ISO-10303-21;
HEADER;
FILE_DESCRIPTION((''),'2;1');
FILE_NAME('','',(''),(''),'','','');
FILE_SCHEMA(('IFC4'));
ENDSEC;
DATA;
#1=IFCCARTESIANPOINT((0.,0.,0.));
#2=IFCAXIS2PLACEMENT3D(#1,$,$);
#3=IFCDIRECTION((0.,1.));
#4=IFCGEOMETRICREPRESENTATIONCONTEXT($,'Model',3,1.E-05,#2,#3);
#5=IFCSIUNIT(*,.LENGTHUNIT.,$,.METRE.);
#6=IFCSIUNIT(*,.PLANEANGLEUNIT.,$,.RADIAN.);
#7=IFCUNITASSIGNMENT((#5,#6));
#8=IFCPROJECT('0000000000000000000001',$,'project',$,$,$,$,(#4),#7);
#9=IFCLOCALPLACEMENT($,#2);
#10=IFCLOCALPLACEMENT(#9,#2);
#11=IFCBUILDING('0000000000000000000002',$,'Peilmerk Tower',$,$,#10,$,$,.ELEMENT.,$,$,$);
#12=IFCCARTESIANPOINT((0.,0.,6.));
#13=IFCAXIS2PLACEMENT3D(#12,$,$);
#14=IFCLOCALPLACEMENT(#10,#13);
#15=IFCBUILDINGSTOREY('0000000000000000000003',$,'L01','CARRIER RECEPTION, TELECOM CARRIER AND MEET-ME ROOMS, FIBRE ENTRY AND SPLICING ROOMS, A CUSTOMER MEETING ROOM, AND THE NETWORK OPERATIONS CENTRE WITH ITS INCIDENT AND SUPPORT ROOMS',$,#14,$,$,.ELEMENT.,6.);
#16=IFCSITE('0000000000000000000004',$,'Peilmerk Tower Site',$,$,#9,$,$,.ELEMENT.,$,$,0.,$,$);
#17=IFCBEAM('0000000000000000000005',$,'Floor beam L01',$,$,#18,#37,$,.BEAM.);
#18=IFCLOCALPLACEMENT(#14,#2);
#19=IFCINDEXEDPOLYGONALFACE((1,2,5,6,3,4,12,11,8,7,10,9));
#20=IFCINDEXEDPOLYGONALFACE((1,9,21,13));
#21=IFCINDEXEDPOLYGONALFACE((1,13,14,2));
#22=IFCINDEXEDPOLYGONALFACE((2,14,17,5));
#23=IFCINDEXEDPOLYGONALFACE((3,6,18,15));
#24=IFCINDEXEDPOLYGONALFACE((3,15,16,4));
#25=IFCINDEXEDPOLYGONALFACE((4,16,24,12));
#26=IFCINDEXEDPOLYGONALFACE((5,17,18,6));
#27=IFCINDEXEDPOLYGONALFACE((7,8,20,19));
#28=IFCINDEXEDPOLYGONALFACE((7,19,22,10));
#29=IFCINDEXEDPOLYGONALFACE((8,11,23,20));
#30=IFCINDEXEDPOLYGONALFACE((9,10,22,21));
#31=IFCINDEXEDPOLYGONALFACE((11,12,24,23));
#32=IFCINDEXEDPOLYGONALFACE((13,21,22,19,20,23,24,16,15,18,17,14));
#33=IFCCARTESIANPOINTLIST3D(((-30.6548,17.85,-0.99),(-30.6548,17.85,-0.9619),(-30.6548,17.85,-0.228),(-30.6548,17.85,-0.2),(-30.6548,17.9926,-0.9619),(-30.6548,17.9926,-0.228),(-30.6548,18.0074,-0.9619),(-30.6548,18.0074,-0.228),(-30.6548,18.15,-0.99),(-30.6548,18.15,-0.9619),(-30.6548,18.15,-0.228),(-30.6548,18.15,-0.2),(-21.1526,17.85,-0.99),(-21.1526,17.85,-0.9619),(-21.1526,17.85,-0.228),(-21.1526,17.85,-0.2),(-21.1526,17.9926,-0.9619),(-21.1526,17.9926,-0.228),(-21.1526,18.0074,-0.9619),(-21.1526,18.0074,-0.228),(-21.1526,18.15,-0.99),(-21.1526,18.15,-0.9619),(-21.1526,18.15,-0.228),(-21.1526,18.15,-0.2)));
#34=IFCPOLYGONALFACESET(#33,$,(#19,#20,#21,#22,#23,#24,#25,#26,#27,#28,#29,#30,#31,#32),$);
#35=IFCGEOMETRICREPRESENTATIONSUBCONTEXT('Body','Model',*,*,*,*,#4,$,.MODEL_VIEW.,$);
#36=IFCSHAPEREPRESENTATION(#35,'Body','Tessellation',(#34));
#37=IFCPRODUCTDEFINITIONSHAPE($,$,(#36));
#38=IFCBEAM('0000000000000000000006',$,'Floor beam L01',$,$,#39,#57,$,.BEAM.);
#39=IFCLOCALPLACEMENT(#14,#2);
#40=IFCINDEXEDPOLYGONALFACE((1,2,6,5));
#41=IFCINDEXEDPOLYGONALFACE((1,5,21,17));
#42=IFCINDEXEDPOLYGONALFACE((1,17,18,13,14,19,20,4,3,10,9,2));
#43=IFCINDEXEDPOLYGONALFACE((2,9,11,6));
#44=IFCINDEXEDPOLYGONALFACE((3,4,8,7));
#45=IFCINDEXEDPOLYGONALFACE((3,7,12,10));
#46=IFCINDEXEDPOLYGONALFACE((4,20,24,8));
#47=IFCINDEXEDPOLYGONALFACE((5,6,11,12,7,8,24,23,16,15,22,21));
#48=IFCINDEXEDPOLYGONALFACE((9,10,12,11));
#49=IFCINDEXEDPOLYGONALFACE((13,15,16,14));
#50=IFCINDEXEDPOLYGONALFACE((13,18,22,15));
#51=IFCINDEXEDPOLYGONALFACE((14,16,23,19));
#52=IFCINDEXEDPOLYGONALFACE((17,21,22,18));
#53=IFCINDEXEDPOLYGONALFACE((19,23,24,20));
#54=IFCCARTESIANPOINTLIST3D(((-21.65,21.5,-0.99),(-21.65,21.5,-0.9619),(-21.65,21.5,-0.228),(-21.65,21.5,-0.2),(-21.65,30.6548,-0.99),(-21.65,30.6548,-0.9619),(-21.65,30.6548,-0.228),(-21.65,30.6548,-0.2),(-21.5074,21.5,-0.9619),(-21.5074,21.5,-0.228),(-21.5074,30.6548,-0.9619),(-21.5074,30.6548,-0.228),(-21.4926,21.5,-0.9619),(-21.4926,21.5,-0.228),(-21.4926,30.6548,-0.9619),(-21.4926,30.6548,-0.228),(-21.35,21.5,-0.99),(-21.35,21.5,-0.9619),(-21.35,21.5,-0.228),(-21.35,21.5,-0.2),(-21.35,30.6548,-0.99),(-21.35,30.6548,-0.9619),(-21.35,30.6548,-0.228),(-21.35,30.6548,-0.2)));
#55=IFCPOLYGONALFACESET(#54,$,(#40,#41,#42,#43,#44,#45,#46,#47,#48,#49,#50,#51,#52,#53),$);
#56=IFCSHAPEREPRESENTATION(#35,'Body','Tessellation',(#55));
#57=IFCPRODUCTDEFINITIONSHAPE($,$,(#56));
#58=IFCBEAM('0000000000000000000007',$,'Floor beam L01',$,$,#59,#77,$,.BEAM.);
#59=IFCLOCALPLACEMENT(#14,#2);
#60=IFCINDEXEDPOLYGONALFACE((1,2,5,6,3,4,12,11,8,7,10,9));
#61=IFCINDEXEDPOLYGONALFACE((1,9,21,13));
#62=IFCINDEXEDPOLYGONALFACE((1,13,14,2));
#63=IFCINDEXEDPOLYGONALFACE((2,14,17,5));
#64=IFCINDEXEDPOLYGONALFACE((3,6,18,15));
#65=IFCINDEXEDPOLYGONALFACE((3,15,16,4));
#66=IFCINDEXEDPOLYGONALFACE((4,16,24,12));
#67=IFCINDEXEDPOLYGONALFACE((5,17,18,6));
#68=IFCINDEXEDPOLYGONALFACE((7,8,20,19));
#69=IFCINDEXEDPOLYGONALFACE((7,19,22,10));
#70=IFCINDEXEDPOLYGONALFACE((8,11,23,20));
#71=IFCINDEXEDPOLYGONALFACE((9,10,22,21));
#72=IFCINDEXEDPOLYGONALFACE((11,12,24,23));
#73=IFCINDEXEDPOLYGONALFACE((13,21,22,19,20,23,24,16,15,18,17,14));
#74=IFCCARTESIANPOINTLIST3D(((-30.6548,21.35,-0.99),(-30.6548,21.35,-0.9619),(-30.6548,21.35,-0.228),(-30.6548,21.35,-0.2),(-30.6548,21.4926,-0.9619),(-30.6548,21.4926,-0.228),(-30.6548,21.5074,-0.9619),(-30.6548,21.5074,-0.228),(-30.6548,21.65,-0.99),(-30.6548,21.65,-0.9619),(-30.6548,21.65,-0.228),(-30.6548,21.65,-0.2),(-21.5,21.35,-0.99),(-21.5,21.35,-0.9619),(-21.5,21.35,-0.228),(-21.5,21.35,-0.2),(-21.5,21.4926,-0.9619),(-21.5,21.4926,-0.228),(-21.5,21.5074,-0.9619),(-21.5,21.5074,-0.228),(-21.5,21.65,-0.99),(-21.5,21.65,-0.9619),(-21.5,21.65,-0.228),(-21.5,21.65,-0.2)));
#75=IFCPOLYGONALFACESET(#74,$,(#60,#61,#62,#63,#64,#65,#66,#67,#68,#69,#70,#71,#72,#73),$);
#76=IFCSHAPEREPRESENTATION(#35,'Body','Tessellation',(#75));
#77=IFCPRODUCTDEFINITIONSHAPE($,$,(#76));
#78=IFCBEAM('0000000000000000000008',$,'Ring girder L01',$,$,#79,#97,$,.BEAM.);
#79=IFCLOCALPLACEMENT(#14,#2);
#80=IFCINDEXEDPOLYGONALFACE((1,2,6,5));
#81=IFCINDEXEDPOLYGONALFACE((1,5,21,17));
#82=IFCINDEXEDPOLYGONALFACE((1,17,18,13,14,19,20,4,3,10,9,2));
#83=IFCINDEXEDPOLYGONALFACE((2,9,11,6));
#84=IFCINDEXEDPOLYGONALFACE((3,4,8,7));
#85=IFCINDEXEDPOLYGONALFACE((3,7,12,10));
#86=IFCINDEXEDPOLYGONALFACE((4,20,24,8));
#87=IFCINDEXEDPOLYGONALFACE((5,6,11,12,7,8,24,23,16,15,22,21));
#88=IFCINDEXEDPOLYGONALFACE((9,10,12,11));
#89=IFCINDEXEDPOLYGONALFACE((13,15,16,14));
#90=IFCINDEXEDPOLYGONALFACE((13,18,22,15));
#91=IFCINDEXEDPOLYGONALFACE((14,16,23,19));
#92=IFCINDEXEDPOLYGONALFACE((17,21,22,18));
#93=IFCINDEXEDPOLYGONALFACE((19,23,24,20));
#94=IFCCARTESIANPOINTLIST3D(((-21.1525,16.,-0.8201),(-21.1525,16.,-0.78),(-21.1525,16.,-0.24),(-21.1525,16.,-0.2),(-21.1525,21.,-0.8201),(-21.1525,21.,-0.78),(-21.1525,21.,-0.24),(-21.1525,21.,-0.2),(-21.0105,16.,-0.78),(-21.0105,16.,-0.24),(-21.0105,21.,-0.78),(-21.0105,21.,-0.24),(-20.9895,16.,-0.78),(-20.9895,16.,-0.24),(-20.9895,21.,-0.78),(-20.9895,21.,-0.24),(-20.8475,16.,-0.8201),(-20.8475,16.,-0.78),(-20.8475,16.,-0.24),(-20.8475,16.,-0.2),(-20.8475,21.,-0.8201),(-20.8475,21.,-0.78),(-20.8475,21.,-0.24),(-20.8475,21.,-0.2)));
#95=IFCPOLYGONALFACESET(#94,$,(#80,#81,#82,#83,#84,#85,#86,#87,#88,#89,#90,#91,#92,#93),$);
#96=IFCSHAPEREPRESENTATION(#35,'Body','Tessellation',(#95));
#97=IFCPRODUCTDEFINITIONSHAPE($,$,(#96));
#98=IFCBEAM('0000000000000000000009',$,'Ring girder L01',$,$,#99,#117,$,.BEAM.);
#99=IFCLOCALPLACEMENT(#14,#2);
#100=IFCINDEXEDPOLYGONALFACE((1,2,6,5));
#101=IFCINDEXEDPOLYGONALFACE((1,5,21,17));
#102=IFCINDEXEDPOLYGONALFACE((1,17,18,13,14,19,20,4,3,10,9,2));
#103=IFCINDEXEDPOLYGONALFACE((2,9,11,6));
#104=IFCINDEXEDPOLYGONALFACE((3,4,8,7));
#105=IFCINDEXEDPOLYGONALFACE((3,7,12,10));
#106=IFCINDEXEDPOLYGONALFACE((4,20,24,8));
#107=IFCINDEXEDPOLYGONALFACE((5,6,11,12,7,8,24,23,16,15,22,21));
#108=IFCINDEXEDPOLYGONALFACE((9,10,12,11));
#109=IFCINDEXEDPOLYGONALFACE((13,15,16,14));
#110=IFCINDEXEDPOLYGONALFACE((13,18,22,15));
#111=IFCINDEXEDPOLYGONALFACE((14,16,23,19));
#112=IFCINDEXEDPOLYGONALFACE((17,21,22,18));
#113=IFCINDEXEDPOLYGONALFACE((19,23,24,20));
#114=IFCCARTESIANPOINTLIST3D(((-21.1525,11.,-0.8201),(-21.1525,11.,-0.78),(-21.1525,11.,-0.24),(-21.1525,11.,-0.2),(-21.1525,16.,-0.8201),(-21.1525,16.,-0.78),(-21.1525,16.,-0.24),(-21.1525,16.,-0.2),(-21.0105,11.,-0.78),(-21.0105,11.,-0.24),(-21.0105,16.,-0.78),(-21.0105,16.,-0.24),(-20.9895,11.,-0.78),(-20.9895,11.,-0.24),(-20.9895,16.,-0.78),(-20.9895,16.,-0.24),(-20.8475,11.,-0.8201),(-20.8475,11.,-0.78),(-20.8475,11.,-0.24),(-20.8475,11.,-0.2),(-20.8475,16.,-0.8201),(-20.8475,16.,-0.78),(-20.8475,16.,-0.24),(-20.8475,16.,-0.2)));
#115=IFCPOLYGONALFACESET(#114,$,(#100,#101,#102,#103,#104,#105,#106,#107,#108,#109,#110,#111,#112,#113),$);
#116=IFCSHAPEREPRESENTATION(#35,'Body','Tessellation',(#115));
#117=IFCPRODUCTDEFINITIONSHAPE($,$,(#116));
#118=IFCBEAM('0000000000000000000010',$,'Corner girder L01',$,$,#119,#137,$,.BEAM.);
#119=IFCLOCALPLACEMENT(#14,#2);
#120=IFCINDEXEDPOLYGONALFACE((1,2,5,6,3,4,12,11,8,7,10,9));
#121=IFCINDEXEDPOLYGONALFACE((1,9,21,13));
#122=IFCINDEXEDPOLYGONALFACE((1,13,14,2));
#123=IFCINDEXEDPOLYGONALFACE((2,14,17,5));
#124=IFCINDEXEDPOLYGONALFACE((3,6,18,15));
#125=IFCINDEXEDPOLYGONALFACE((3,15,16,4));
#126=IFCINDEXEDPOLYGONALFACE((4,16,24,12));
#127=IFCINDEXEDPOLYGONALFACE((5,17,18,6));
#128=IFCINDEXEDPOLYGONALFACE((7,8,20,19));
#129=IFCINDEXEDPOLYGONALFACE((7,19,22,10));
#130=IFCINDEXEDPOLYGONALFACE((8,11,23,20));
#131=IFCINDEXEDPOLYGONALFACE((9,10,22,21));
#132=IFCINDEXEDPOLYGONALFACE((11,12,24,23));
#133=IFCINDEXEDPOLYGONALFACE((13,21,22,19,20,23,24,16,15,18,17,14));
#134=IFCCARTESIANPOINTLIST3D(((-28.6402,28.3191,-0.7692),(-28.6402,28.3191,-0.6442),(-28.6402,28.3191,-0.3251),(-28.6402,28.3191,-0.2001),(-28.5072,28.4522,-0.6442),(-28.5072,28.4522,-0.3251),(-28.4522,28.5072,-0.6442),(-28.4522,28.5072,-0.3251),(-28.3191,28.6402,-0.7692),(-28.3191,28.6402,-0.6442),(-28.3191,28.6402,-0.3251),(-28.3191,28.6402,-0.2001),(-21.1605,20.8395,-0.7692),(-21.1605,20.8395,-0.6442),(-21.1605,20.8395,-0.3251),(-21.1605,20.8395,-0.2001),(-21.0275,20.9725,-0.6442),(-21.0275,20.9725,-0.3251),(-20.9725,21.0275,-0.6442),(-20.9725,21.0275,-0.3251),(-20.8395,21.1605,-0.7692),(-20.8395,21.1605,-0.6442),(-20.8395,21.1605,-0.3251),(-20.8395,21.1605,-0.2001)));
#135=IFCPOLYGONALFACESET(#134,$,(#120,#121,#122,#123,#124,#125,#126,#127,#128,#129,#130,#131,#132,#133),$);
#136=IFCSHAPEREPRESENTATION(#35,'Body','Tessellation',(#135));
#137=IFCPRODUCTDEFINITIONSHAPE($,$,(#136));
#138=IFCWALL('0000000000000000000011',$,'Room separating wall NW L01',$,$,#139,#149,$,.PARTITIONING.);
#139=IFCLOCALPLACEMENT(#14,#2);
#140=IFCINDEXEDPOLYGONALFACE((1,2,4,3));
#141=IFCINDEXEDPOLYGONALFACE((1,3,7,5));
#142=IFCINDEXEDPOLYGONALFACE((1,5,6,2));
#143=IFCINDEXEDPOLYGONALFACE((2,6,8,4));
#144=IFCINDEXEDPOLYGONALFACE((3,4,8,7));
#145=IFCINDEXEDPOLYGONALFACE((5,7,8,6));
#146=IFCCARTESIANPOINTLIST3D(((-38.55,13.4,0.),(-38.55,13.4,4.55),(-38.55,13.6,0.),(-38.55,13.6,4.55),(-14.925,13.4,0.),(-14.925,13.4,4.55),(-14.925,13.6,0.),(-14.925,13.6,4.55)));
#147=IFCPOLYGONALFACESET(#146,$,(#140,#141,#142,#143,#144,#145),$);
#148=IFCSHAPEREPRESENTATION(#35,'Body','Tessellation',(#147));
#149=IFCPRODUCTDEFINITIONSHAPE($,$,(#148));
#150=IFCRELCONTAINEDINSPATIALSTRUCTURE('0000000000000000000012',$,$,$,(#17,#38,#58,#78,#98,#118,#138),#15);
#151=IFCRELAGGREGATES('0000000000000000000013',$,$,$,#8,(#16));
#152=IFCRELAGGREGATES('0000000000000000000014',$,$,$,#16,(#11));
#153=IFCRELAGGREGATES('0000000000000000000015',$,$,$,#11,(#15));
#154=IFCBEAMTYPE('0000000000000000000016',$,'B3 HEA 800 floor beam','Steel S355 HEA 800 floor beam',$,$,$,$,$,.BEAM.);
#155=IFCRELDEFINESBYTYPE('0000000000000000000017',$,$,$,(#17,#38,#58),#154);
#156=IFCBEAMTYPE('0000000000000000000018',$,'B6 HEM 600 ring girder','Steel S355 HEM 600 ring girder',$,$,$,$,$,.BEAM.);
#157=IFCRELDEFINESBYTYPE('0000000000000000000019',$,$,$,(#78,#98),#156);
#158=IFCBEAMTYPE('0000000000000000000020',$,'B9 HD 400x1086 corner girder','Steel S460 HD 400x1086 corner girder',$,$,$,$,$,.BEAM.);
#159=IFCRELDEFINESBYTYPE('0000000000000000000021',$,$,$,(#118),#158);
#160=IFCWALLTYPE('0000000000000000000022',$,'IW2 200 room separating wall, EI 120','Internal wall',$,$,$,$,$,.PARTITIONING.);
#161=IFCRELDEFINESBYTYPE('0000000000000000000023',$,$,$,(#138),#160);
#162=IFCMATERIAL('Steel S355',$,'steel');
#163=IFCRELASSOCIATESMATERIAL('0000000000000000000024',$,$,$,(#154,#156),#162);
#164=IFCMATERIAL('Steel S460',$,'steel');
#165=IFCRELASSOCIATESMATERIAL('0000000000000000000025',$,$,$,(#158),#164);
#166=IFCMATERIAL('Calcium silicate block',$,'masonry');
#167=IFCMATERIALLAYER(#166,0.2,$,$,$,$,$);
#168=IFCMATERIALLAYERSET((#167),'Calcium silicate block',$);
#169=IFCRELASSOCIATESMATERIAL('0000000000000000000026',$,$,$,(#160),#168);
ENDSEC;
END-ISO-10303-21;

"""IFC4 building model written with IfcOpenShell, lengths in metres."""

from ifc_helpers import new_model, si_unit, direction, frame, frame_2d, origin, origin_2d, place, context, subcontext, project, spatial, rectangle, i_section, extrude, material, layer, layer_set, material_profile, profile_set, type_object, element, save


model = new_model("IFC4")

# Units and contexts
model_context = context("Model", 3, precision=1e-05, world=origin(), true_north=direction((0.0, 1.0)))
body_context = subcontext(model_context, "Body", "Model", "MODEL_VIEW")
ifc_project = project(units=[si_unit("LENGTHUNIT", "METRE"), si_unit("PLANEANGLEUNIT", "RADIAN")], contexts=[model_context])

# Site, building, storey
site_placement = place(None, origin())
site = spatial("IfcSite", under=ifc_project, at=site_placement, Name="Peilmerk Tower Site", CompositionType="ELEMENT", RefElevation=0.0)
building_placement = place(site_placement, origin())
building = spatial("IfcBuilding", under=site, at=building_placement, Name="Peilmerk Tower", CompositionType="ELEMENT")
storey_placement = place(building_placement, frame((0.0, 0.0, 6.0)))
storey = spatial("IfcBuildingStorey", under=building, at=storey_placement, Name="L01", Description="CARRIER RECEPTION, TELECOM CARRIER AND MEET-ME ROOMS, FIBRE ENTRY AND SPLICING ROOMS, A CUSTOMER MEETING ROOM, AND THE NETWORK OPERATIONS CENTRE WITH ITS INCIDENT AND SUPPORT ROOMS", CompositionType="ELEMENT", Elevation=6.0)

# Beams
ifc_material_1 = material(Name="Steel S355", Category="steel")
ifc_material_profile_1 = material_profile(ifc_material_1, i_section(OverallWidth=0.3, OverallDepth=0.79, WebThickness=0.0149, FlangeThickness=0.0281, at=origin_2d()), Name="HEA 800")
ifc_profile_set_1 = profile_set([ifc_material_profile_1], Name="Steel S355")
beam_type_1 = type_object("IfcBeamType", Name="B3 HEA 800 floor beam", Description="Steel S355 HEA 800 floor beam", PredefinedType="BEAM", material=ifc_profile_set_1)
for number, where, z_axis, x_axis, name in (
    (1, (-21.1526, 18.0, -0.595), (-1.0, 0.0, 0.0), (0.0, -1.0, 0.0), "Floor beam L01"),
):
    element("IfcBeam", number, at=place(storey_placement, frame(where, z_axis=z_axis, x_axis=x_axis)), inside=storey, type_object=beam_type_1, Name=name, PredefinedType="BEAM", context=body_context, shape_type="SweptSolid", body=[
        extrude(i_section(OverallWidth=0.3, OverallDepth=0.79, WebThickness=0.0149, FlangeThickness=0.0281, at=origin_2d()), origin(), (0.0, 0.0, 1.0), 9.5022),
    ])
for number, where, z_axis, x_axis, name in (
    (2, (-21.5, 21.5, -0.595), (0.0, 1.0, 0.0), (-1.0, 0.0, 0.0), "Floor beam L01"),
    (3, (-21.5, 21.5, -0.595), (-1.0, 0.0, 0.0), (0.0, -1.0, 0.0), "Floor beam L01"),
):
    element("IfcBeam", number, at=place(storey_placement, frame(where, z_axis=z_axis, x_axis=x_axis)), inside=storey, type_object=beam_type_1, Name=name, PredefinedType="BEAM", context=body_context, shape_type="SweptSolid", body=[
        extrude(i_section(OverallWidth=0.3, OverallDepth=0.79, WebThickness=0.0149, FlangeThickness=0.0281, at=origin_2d()), origin(), (0.0, 0.0, 1.0), 9.1548),
    ])
ifc_material_profile_2 = material_profile(ifc_material_1, i_section(OverallWidth=0.3049, OverallDepth=0.6201, WebThickness=0.021, FlangeThickness=0.04, at=origin_2d()), Name="HEM 600")
ifc_profile_set_2 = profile_set([ifc_material_profile_2], Name="Steel S355")
beam_type_2 = type_object("IfcBeamType", Name="B6 HEM 600 ring girder", Description="Steel S355 HEM 600 ring girder", PredefinedType="BEAM", material=ifc_profile_set_2)
for number, where, z_axis, x_axis, name in (
    (4, (-21.0, 21.0, -0.51), (0.0, -1.0, 0.0), (1.0, 0.0, 0.0), "Ring girder L01"),
    (5, (-21.0, 16.0, -0.51), (0.0, -1.0, 0.0), (1.0, 0.0, 0.0), "Ring girder L01"),
):
    element("IfcBeam", number, at=place(storey_placement, frame(where, z_axis=z_axis, x_axis=x_axis)), inside=storey, type_object=beam_type_2, Name=name, PredefinedType="BEAM", context=body_context, shape_type="SweptSolid", body=[
        extrude(i_section(OverallWidth=0.3049, OverallDepth=0.6201, WebThickness=0.021, FlangeThickness=0.04, at=origin_2d()), origin(), (0.0, 0.0, 1.0), 5.0),
    ])
ifc_material_2 = material(Name="Steel S460", Category="steel")
ifc_material_profile_3 = material_profile(ifc_material_2, i_section(OverallWidth=0.4541, OverallDepth=0.5691, WebThickness=0.0779, FlangeThickness=0.125, at=origin_2d()), Name="HD 400x1086")
ifc_profile_set_3 = profile_set([ifc_material_profile_3], Name="Steel S460")
beam_type_3 = type_object("IfcBeamType", Name="B9 HD 400x1086 corner girder", Description="Steel S460 HD 400x1086 corner girder", PredefinedType="BEAM", material=ifc_profile_set_3)
beam_1_placement = place(storey_placement, frame((-21.0, 21.0, -0.4846), z_axis=(-0.707107, 0.707107, 0.0), x_axis=(-0.707107, -0.707107, 0.0)))
element("IfcBeam", 6, at=beam_1_placement, inside=storey, type_object=beam_type_3, Name="Corner girder L01", PredefinedType="BEAM", context=body_context, shape_type="SweptSolid", body=[
    extrude(i_section(OverallWidth=0.4541, OverallDepth=0.5691, WebThickness=0.0779, FlangeThickness=0.125, at=origin_2d()), origin(), (0.0, 0.0, 1.0), 10.5779),
])

# Wall
ifc_material_3 = material(Name="Calcium silicate block", Category="masonry")
ifc_layer = layer(ifc_material_3, 0.2)
ifc_layer_set = layer_set([ifc_layer], Name="Calcium silicate block")
wall_type = type_object("IfcWallType", Name="IW2 200 room separating wall, EI 120", Description="Internal wall", PredefinedType="PARTITIONING", material=ifc_layer_set)
wall_placement = place(storey_placement, frame((-38.55, 13.5, 0.0), z_axis=(0.0, 0.0, 1.0), x_axis=(1.0, 0.0, 0.0)))
element("IfcWall", 7, at=wall_placement, inside=storey, type_object=wall_type, Name="Room separating wall NW L01", PredefinedType="PARTITIONING", context=body_context, shape_type="SweptSolid", body=[
    extrude(rectangle(XDim=23.625, YDim=0.2, at=frame_2d((11.8125, 0.0))), origin(), (0.0, 0.0, 1.0), 4.55),
])

save(model, "model.ifc")
